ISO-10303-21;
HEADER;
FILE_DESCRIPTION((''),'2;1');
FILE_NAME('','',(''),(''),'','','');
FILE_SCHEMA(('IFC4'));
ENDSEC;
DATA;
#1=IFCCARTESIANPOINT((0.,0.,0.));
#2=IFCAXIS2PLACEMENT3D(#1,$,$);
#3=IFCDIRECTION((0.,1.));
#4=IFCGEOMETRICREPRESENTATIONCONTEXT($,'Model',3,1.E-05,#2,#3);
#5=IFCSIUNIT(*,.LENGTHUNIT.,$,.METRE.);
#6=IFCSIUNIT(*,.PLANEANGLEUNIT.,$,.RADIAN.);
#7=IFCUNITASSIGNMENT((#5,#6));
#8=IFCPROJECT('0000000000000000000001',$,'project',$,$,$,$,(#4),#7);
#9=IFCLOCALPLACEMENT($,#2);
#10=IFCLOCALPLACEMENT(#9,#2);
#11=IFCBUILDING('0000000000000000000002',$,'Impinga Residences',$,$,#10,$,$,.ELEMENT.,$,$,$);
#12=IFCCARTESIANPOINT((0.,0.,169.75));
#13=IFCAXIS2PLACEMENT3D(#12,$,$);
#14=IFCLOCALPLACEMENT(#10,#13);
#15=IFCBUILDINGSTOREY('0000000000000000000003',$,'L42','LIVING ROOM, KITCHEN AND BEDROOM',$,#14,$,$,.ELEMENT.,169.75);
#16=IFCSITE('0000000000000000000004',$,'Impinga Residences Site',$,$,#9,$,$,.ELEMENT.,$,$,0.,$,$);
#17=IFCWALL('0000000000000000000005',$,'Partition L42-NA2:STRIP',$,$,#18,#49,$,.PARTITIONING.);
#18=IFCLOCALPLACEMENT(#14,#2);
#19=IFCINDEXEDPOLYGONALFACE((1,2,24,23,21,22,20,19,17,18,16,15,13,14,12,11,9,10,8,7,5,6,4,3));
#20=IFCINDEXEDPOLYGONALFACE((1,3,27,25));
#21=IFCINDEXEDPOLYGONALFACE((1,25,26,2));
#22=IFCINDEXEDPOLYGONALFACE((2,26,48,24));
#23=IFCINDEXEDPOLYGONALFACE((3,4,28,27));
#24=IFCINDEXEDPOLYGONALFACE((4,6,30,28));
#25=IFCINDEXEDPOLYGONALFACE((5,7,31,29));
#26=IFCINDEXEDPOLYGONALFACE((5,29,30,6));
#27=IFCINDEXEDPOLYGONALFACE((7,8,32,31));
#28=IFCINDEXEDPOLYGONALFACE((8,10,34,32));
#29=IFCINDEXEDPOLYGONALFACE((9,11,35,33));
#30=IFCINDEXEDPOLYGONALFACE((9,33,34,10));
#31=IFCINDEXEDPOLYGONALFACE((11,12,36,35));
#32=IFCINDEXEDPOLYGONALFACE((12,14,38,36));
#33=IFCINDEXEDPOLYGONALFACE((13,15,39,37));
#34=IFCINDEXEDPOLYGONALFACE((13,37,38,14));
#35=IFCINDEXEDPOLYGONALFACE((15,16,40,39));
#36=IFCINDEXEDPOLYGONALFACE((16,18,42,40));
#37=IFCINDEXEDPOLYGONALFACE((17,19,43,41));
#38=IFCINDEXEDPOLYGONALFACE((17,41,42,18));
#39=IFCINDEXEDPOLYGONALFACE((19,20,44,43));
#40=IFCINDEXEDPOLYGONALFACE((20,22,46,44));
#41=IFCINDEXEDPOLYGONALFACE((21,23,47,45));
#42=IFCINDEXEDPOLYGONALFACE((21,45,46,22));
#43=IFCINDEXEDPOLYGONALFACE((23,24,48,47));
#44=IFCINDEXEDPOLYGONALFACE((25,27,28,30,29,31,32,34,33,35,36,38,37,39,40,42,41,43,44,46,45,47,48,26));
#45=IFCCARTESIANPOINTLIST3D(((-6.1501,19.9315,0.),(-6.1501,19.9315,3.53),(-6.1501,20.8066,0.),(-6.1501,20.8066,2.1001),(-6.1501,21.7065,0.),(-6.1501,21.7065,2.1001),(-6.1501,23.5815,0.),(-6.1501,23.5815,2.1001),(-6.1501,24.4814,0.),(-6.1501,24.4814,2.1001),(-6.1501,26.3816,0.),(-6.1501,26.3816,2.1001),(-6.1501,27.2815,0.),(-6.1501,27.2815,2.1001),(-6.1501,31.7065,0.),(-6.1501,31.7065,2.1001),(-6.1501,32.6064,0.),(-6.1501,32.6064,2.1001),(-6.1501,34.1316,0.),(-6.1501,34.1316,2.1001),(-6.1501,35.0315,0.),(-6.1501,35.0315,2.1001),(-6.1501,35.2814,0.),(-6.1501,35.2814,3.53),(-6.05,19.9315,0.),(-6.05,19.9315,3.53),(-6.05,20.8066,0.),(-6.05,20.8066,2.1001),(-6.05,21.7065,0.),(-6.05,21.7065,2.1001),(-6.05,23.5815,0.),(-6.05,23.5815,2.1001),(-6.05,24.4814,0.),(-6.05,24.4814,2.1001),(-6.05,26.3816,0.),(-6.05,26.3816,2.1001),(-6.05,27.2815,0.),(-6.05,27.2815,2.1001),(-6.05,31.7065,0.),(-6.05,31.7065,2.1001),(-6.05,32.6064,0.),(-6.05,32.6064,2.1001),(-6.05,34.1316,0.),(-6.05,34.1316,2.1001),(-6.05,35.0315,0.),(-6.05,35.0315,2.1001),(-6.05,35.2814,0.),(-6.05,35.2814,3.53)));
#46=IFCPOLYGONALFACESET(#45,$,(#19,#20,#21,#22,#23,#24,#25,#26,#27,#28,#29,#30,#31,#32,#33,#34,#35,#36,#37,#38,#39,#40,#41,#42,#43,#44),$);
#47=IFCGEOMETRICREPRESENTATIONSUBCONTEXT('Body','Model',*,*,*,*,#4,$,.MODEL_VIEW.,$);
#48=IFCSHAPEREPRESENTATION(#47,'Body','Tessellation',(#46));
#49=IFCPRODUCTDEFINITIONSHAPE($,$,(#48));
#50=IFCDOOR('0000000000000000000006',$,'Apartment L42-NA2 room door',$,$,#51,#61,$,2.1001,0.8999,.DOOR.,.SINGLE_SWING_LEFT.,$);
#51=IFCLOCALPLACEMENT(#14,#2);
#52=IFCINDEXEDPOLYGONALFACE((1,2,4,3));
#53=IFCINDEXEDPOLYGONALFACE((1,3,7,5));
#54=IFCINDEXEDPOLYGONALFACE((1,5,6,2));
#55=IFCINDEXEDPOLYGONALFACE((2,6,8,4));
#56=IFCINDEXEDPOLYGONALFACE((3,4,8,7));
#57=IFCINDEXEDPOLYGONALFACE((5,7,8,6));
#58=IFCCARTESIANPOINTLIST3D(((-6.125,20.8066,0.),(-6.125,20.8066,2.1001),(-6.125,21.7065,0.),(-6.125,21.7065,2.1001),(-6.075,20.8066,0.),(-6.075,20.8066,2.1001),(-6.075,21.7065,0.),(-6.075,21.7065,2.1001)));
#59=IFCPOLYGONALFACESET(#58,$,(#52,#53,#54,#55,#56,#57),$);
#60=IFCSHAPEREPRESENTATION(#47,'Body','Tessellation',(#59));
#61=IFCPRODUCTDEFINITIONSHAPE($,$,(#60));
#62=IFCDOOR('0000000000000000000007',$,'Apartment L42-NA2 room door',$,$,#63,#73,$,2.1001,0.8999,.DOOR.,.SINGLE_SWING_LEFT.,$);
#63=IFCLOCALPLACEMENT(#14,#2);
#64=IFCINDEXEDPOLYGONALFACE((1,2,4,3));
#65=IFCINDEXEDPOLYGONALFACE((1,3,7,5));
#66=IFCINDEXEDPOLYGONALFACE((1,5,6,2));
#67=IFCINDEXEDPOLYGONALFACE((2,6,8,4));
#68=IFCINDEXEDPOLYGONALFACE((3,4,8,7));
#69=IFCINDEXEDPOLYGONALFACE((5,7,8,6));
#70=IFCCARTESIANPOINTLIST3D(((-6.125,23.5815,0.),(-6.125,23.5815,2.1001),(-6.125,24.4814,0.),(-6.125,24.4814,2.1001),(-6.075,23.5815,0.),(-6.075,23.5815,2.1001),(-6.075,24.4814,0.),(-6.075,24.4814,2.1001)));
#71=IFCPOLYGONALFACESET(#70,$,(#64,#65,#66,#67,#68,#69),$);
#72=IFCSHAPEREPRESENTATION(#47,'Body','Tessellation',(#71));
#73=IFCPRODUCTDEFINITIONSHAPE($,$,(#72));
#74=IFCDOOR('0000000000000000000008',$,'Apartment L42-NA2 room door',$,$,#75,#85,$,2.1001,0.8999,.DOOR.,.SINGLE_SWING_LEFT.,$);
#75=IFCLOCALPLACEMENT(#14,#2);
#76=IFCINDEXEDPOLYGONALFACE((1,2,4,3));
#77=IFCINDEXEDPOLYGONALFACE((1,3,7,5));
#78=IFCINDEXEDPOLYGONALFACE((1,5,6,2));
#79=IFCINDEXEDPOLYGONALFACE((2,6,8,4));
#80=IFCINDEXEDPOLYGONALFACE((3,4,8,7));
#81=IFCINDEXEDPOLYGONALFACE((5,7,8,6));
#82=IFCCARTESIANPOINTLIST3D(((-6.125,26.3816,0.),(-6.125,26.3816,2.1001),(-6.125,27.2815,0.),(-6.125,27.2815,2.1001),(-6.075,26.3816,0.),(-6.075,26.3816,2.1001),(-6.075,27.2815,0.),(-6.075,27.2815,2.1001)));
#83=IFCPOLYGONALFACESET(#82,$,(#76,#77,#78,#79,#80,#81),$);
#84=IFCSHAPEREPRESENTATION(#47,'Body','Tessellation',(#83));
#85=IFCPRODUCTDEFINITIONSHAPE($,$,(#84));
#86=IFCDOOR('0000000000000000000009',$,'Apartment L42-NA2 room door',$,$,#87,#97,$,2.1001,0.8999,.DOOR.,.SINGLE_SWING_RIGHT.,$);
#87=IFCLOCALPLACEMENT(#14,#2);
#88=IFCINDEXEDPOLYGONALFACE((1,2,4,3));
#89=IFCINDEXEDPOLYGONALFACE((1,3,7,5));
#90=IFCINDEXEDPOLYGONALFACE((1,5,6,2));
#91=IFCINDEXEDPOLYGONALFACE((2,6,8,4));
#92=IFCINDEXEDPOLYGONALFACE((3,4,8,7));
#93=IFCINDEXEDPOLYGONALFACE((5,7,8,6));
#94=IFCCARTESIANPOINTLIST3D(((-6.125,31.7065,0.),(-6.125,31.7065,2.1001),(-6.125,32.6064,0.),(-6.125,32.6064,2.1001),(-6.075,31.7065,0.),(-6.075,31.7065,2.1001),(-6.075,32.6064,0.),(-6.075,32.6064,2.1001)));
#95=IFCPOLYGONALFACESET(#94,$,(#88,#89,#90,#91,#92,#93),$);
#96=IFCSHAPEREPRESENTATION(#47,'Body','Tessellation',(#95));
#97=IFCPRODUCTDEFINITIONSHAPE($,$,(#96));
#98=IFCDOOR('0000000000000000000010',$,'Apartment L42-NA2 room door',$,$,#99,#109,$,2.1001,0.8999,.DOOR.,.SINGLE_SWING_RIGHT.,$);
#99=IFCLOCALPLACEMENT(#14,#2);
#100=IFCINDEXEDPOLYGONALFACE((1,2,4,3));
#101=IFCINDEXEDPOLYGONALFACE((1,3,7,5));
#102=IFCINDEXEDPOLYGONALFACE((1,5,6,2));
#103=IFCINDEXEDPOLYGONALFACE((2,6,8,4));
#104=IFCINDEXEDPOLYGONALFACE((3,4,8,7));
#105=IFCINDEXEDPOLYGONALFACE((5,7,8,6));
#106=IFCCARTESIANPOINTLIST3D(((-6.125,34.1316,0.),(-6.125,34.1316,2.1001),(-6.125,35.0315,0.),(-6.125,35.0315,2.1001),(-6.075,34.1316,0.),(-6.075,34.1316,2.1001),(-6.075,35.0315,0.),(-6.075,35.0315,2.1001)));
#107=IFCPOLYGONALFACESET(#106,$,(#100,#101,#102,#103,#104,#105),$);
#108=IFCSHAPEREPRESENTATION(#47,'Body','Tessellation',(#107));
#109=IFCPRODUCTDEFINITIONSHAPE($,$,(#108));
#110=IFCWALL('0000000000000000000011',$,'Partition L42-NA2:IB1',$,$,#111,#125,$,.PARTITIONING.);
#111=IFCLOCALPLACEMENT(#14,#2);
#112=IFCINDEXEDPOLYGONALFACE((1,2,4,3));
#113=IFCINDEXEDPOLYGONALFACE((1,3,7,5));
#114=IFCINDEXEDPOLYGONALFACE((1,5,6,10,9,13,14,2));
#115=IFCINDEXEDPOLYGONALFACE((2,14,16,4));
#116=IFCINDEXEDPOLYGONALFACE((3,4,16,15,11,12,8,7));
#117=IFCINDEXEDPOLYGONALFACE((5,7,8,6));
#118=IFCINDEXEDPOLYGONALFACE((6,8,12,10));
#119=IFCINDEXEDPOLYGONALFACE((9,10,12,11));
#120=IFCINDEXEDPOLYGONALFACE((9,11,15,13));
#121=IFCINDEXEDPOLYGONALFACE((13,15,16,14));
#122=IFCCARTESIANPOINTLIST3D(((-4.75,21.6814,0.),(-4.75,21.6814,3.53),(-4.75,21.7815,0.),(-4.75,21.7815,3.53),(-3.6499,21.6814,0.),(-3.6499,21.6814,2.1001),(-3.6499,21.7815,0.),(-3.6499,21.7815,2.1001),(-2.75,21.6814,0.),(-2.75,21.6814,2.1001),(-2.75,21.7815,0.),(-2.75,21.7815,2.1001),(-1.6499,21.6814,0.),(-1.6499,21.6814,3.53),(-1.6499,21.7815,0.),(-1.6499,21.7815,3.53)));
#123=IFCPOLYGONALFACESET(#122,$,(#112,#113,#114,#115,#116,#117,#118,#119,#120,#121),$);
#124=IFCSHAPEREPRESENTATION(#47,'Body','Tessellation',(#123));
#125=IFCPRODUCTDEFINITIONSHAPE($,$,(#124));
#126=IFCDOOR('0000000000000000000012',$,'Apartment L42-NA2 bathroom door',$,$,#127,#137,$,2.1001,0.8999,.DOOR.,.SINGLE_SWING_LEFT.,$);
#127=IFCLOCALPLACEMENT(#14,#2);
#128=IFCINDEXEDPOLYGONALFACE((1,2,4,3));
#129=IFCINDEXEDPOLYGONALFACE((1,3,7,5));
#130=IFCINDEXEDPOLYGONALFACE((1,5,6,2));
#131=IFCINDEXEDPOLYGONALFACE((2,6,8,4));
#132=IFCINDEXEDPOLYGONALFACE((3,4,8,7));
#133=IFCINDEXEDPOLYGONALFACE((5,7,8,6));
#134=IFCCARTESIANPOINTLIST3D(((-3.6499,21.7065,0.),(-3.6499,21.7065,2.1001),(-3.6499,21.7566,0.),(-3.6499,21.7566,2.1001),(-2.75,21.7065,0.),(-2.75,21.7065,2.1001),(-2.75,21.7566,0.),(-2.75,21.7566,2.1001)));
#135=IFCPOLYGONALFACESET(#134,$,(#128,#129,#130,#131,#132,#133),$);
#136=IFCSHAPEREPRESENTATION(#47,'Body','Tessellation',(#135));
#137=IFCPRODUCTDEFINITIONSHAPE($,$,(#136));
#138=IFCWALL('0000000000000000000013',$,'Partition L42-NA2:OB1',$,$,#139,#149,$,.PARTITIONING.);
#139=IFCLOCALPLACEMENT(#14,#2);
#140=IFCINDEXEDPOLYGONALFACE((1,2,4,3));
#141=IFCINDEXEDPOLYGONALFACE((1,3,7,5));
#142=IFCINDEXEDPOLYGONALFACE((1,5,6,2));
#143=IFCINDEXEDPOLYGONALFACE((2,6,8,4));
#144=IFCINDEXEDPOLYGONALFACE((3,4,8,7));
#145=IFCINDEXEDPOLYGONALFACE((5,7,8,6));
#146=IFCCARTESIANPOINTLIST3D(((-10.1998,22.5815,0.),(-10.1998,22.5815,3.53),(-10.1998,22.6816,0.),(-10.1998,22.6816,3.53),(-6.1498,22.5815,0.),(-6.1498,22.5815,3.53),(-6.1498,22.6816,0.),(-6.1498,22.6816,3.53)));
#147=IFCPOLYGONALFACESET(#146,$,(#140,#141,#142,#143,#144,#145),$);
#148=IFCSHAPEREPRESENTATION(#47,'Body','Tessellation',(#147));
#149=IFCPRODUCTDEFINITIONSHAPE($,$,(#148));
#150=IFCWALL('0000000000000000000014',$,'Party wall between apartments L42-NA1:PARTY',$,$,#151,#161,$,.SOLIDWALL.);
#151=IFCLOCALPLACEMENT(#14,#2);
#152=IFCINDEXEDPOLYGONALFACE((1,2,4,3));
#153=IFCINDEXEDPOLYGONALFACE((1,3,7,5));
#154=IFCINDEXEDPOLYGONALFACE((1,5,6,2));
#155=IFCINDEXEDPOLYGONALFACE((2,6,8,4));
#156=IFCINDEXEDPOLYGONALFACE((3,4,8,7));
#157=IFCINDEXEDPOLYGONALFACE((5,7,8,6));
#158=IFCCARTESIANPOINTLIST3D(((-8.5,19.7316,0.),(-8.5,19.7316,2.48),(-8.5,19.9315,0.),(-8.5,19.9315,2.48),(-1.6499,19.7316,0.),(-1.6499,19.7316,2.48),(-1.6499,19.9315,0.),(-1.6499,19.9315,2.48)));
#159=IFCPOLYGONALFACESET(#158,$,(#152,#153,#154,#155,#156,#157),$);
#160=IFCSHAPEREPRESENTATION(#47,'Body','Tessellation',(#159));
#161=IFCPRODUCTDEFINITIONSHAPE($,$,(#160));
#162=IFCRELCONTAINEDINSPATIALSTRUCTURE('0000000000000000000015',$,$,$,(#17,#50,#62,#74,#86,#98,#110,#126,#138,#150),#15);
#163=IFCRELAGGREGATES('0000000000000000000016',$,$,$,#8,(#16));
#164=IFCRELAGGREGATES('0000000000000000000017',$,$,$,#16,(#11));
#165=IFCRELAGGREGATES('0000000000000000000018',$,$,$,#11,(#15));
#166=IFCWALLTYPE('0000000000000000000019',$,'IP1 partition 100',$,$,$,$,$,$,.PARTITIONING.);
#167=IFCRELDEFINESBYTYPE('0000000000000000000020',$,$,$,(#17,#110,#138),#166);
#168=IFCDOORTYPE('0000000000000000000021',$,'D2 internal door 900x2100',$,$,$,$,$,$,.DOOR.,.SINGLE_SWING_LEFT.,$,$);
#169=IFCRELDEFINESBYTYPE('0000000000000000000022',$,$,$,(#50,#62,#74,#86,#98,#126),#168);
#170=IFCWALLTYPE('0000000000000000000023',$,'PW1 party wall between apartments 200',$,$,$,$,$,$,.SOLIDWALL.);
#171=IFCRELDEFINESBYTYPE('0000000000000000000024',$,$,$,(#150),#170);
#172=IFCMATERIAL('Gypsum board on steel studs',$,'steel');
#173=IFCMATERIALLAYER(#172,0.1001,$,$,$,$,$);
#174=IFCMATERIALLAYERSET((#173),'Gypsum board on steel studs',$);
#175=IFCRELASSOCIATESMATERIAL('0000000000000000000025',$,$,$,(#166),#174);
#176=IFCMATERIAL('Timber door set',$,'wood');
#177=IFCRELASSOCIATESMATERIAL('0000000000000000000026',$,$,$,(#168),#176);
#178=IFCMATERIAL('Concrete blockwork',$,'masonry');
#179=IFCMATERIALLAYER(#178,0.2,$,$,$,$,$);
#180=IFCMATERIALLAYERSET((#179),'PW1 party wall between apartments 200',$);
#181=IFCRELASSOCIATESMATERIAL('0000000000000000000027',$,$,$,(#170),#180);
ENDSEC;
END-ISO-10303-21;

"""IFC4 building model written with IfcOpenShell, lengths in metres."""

from ifc_helpers import new_model, si_unit, direction, frame, frame_2d, origin, place, context, subcontext, project, spatial, rectangle, extrude, material, layer, layer_set, type_object, element, fill, save


model = new_model("IFC4")

# Units and contexts
model_context = context("Model", 3, precision=1e-05, world=origin(), true_north=direction((0.0, 1.0)))
body_context = subcontext(model_context, "Body", "Model", "MODEL_VIEW")
ifc_project = project(units=[si_unit("LENGTHUNIT", "METRE"), si_unit("PLANEANGLEUNIT", "RADIAN")], contexts=[model_context])

# Site, building, storey
site_placement = place(None, origin())
site = spatial("IfcSite", under=ifc_project, at=site_placement, Name="Impinga Residences Site", CompositionType="ELEMENT", RefElevation=0.0)
building_placement = place(site_placement, origin())
building = spatial("IfcBuilding", under=site, at=building_placement, Name="Impinga Residences", CompositionType="ELEMENT")
storey_placement = place(building_placement, frame((0.0, 0.0, 169.75)))
storey = spatial("IfcBuildingStorey", under=building, at=storey_placement, Name="L42", Description="LIVING ROOM, KITCHEN AND BEDROOM", CompositionType="ELEMENT", Elevation=169.75)

# Shared definitions
ifc_material_1 = material(Name="Concrete blockwork", Category="masonry")
ifc_material_2 = material(Name="Timber door set", Category="wood")

# Shared definitions
ifc_material_3 = material(Name="Gypsum board on steel studs", Category="steel")
ifc_layer_1 = layer(ifc_material_3, 0.1001)
ifc_layer_set_1 = layer_set([ifc_layer_1], Name="Gypsum board on steel studs")
wall_type_1 = type_object("IfcWallType", Name="IP1 partition 100", PredefinedType="PARTITIONING", material=ifc_layer_set_1)

# Wall, openings, doors
wall_1_placement = place(storey_placement, frame((-6.1001, 19.9316, 0.0), z_axis=(0.0, 0.0, 1.0), x_axis=(0.0, 1.0, 0.0)))
wall_1 = element("IfcWall", 1, at=wall_1_placement, inside=storey, type_object=wall_type_1, Name="Partition L42-NA2:STRIP", PredefinedType="PARTITIONING", context=body_context, shape_type="SweptSolid", body=[
    extrude(rectangle(XDim=15.3499, YDim=0.1001, at=frame_2d((7.6748, 0.0))), origin(), (0.0, 0.0, 1.0), 3.53),
])
opening_1_placement = place(wall_1_placement, frame((0.875, 0.0, 0.0)))
opening_1 = element("IfcOpeningElement", 2, at=opening_1_placement, cuts=wall_1, PredefinedType="OPENING", context=body_context, shape_type="SweptSolid", body=[
    extrude(rectangle(XDim=0.8999, YDim=2.1001, at=frame_2d((0.45, 1.05))), frame((0.0, 0.0601, 0.0), z_axis=(0.0, -1.0, 0.0), x_axis=(1.0, 0.0, 0.0)), (0.0, 0.0, 1.0), 0.1201),
])
opening_2_placement = place(wall_1_placement, frame((3.6499, 0.0, 0.0)))
opening_2 = element("IfcOpeningElement", 3, at=opening_2_placement, cuts=wall_1, PredefinedType="OPENING", context=body_context, shape_type="SweptSolid", body=[
    extrude(rectangle(XDim=0.8999, YDim=2.1001, at=frame_2d((0.45, 1.05))), frame((0.0, 0.0601, 0.0), z_axis=(0.0, -1.0, 0.0), x_axis=(1.0, 0.0, 0.0)), (0.0, 0.0, 1.0), 0.1201),
])
opening_3_placement = place(wall_1_placement, frame((6.45, 0.0, 0.0)))
opening_3 = element("IfcOpeningElement", 4, at=opening_3_placement, cuts=wall_1, PredefinedType="OPENING", context=body_context, shape_type="SweptSolid", body=[
    extrude(rectangle(XDim=0.8999, YDim=2.1001, at=frame_2d((0.45, 1.05))), frame((0.0, 0.0601, 0.0), z_axis=(0.0, -1.0, 0.0), x_axis=(1.0, 0.0, 0.0)), (0.0, 0.0, 1.0), 0.1201),
])
opening_4_placement = place(wall_1_placement, frame((11.7749, 0.0, 0.0)))
opening_4 = element("IfcOpeningElement", 5, at=opening_4_placement, cuts=wall_1, PredefinedType="OPENING", context=body_context, shape_type="SweptSolid", body=[
    extrude(rectangle(XDim=0.8999, YDim=2.1001, at=frame_2d((0.45, 1.05))), frame((0.0, 0.0601, 0.0), z_axis=(0.0, -1.0, 0.0), x_axis=(1.0, 0.0, 0.0)), (0.0, 0.0, 1.0), 0.1201),
])
opening_5_placement = place(wall_1_placement, frame((14.2, 0.0, 0.0)))
opening_5 = element("IfcOpeningElement", 6, at=opening_5_placement, cuts=wall_1, PredefinedType="OPENING", context=body_context, shape_type="SweptSolid", body=[
    extrude(rectangle(XDim=0.8999, YDim=2.1001, at=frame_2d((0.45, 1.05))), frame((0.0, 0.0601, 0.0), z_axis=(0.0, -1.0, 0.0), x_axis=(1.0, 0.0, 0.0)), (0.0, 0.0, 1.0), 0.1201),
])
door_type_1 = type_object("IfcDoorType", Name="D2 internal door 900x2100", OperationType="SINGLE_SWING_LEFT", PredefinedType="DOOR", material=ifc_material_2)
door_1_placement = place(opening_1_placement, origin())
door_1 = element("IfcDoor", 7, at=door_1_placement, inside=storey, type_object=door_type_1, Name="Apartment L42-NA2 room door", OperationType="SINGLE_SWING_LEFT", OverallHeight=2.1001, OverallWidth=0.8999, PredefinedType="DOOR", context=body_context, shape_type="SweptSolid", body=[
    extrude(rectangle(XDim=0.8999, YDim=2.1001, at=frame_2d((0.45, 1.05))), frame((0.0, 0.0249, 0.0), z_axis=(0.0, -1.0, 0.0), x_axis=(1.0, 0.0, 0.0)), (0.0, 0.0, 1.0), 0.05),
])
fill(opening_1, door_1)
door_2_placement = place(opening_2_placement, origin())
door_2 = element("IfcDoor", 8, at=door_2_placement, inside=storey, type_object=door_type_1, Name="Apartment L42-NA2 room door", OperationType="SINGLE_SWING_LEFT", OverallHeight=2.1001, OverallWidth=0.8999, PredefinedType="DOOR", context=body_context, shape_type="SweptSolid", body=[
    extrude(rectangle(XDim=0.8999, YDim=2.1001, at=frame_2d((0.45, 1.05))), frame((0.0, 0.0249, 0.0), z_axis=(0.0, -1.0, 0.0), x_axis=(1.0, 0.0, 0.0)), (0.0, 0.0, 1.0), 0.05),
])
fill(opening_2, door_2)
door_3_placement = place(opening_3_placement, origin())
door_3 = element("IfcDoor", 9, at=door_3_placement, inside=storey, type_object=door_type_1, Name="Apartment L42-NA2 room door", OperationType="SINGLE_SWING_LEFT", OverallHeight=2.1001, OverallWidth=0.8999, PredefinedType="DOOR", context=body_context, shape_type="SweptSolid", body=[
    extrude(rectangle(XDim=0.8999, YDim=2.1001, at=frame_2d((0.45, 1.05))), frame((0.0, 0.0249, 0.0), z_axis=(0.0, -1.0, 0.0), x_axis=(1.0, 0.0, 0.0)), (0.0, 0.0, 1.0), 0.05),
])
fill(opening_3, door_3)
door_4_placement = place(opening_4_placement, origin())
door_4 = element("IfcDoor", 10, at=door_4_placement, inside=storey, type_object=door_type_1, Name="Apartment L42-NA2 room door", OperationType="SINGLE_SWING_RIGHT", OverallHeight=2.1001, OverallWidth=0.8999, PredefinedType="DOOR", context=body_context, shape_type="SweptSolid", body=[
    extrude(rectangle(XDim=0.8999, YDim=2.1001, at=frame_2d((0.45, 1.05))), frame((0.0, 0.0249, 0.0), z_axis=(0.0, -1.0, 0.0), x_axis=(1.0, 0.0, 0.0)), (0.0, 0.0, 1.0), 0.05),
])
fill(opening_4, door_4)
door_5_placement = place(opening_5_placement, origin())
door_5 = element("IfcDoor", 11, at=door_5_placement, inside=storey, type_object=door_type_1, Name="Apartment L42-NA2 room door", OperationType="SINGLE_SWING_RIGHT", OverallHeight=2.1001, OverallWidth=0.8999, PredefinedType="DOOR", context=body_context, shape_type="SweptSolid", body=[
    extrude(rectangle(XDim=0.8999, YDim=2.1001, at=frame_2d((0.45, 1.05))), frame((0.0, 0.0249, 0.0), z_axis=(0.0, -1.0, 0.0), x_axis=(1.0, 0.0, 0.0)), (0.0, 0.0, 1.0), 0.05),
])
fill(opening_5, door_5)

# Wall, opening, door
wall_2_placement = place(storey_placement, frame((-1.6499, 21.7314, 0.0), z_axis=(0.0, 0.0, 1.0), x_axis=(-1.0, 0.0, 0.0)))
wall_2 = element("IfcWall", 12, at=wall_2_placement, inside=storey, type_object=wall_type_1, Name="Partition L42-NA2:IB1", PredefinedType="PARTITIONING", context=body_context, shape_type="SweptSolid", body=[
    extrude(rectangle(XDim=3.1001, YDim=0.1001, at=frame_2d((1.55, 0.0))), origin(), (0.0, 0.0, 1.0), 3.53),
])
opening_6_placement = place(wall_2_placement, frame((1.1001, 0.0, 0.0)))
opening_6 = element("IfcOpeningElement", 13, at=opening_6_placement, cuts=wall_2, PredefinedType="OPENING", context=body_context, shape_type="SweptSolid", body=[
    extrude(rectangle(XDim=0.8999, YDim=2.1001, at=frame_2d((0.45, 1.05))), frame((0.0, 0.0601, 0.0), z_axis=(0.0, -1.0, 0.0), x_axis=(1.0, 0.0, 0.0)), (0.0, 0.0, 1.0), 0.1201),
])
door_6_placement = place(opening_6_placement, origin())
door_6 = element("IfcDoor", 14, at=door_6_placement, inside=storey, type_object=door_type_1, Name="Apartment L42-NA2 bathroom door", OperationType="SINGLE_SWING_LEFT", OverallHeight=2.1001, OverallWidth=0.8999, PredefinedType="DOOR", context=body_context, shape_type="SweptSolid", body=[
    extrude(rectangle(XDim=0.8999, YDim=2.1001, at=frame_2d((0.45, 1.05))), frame((0.0, 0.0249, 0.0), z_axis=(0.0, -1.0, 0.0), x_axis=(1.0, 0.0, 0.0)), (0.0, 0.0, 1.0), 0.05),
])
fill(opening_6, door_6)

# Walls
wall_3_placement = place(storey_placement, frame((-6.1499, 22.6316, 0.0), z_axis=(0.0, 0.0, 1.0), x_axis=(-1.0, 0.0, 0.0)))
element("IfcWall", 15, at=wall_3_placement, inside=storey, type_object=wall_type_1, Name="Partition L42-NA2:OB1", PredefinedType="PARTITIONING", context=body_context, shape_type="SweptSolid", body=[
    extrude(rectangle(XDim=4.05, YDim=0.1001, at=frame_2d((2.0249, 0.0))), origin(), (0.0, 0.0, 1.0), 3.53),
])
ifc_layer_2 = layer(ifc_material_1, 0.2)
ifc_layer_set_2 = layer_set([ifc_layer_2], Name="PW1 party wall between apartments 200")
wall_type_2 = type_object("IfcWallType", Name="PW1 party wall between apartments 200", PredefinedType="SOLIDWALL", material=ifc_layer_set_2)
wall_4_placement = place(storey_placement, frame((-1.6499, 19.8315, 0.0), z_axis=(0.0, 0.0, 1.0), x_axis=(-1.0, 0.0, 0.0)))
element("IfcWall", 16, at=wall_4_placement, inside=storey, type_object=wall_type_2, Name="Party wall between apartments L42-NA1:PARTY", PredefinedType="SOLIDWALL", context=body_context, shape_type="SweptSolid", body=[
    extrude(rectangle(XDim=6.8501, YDim=0.2, at=frame_2d((3.425, 0.0))), origin(), (0.0, 0.0, 1.0), 2.48),
])

save(model, "model.ifc")
